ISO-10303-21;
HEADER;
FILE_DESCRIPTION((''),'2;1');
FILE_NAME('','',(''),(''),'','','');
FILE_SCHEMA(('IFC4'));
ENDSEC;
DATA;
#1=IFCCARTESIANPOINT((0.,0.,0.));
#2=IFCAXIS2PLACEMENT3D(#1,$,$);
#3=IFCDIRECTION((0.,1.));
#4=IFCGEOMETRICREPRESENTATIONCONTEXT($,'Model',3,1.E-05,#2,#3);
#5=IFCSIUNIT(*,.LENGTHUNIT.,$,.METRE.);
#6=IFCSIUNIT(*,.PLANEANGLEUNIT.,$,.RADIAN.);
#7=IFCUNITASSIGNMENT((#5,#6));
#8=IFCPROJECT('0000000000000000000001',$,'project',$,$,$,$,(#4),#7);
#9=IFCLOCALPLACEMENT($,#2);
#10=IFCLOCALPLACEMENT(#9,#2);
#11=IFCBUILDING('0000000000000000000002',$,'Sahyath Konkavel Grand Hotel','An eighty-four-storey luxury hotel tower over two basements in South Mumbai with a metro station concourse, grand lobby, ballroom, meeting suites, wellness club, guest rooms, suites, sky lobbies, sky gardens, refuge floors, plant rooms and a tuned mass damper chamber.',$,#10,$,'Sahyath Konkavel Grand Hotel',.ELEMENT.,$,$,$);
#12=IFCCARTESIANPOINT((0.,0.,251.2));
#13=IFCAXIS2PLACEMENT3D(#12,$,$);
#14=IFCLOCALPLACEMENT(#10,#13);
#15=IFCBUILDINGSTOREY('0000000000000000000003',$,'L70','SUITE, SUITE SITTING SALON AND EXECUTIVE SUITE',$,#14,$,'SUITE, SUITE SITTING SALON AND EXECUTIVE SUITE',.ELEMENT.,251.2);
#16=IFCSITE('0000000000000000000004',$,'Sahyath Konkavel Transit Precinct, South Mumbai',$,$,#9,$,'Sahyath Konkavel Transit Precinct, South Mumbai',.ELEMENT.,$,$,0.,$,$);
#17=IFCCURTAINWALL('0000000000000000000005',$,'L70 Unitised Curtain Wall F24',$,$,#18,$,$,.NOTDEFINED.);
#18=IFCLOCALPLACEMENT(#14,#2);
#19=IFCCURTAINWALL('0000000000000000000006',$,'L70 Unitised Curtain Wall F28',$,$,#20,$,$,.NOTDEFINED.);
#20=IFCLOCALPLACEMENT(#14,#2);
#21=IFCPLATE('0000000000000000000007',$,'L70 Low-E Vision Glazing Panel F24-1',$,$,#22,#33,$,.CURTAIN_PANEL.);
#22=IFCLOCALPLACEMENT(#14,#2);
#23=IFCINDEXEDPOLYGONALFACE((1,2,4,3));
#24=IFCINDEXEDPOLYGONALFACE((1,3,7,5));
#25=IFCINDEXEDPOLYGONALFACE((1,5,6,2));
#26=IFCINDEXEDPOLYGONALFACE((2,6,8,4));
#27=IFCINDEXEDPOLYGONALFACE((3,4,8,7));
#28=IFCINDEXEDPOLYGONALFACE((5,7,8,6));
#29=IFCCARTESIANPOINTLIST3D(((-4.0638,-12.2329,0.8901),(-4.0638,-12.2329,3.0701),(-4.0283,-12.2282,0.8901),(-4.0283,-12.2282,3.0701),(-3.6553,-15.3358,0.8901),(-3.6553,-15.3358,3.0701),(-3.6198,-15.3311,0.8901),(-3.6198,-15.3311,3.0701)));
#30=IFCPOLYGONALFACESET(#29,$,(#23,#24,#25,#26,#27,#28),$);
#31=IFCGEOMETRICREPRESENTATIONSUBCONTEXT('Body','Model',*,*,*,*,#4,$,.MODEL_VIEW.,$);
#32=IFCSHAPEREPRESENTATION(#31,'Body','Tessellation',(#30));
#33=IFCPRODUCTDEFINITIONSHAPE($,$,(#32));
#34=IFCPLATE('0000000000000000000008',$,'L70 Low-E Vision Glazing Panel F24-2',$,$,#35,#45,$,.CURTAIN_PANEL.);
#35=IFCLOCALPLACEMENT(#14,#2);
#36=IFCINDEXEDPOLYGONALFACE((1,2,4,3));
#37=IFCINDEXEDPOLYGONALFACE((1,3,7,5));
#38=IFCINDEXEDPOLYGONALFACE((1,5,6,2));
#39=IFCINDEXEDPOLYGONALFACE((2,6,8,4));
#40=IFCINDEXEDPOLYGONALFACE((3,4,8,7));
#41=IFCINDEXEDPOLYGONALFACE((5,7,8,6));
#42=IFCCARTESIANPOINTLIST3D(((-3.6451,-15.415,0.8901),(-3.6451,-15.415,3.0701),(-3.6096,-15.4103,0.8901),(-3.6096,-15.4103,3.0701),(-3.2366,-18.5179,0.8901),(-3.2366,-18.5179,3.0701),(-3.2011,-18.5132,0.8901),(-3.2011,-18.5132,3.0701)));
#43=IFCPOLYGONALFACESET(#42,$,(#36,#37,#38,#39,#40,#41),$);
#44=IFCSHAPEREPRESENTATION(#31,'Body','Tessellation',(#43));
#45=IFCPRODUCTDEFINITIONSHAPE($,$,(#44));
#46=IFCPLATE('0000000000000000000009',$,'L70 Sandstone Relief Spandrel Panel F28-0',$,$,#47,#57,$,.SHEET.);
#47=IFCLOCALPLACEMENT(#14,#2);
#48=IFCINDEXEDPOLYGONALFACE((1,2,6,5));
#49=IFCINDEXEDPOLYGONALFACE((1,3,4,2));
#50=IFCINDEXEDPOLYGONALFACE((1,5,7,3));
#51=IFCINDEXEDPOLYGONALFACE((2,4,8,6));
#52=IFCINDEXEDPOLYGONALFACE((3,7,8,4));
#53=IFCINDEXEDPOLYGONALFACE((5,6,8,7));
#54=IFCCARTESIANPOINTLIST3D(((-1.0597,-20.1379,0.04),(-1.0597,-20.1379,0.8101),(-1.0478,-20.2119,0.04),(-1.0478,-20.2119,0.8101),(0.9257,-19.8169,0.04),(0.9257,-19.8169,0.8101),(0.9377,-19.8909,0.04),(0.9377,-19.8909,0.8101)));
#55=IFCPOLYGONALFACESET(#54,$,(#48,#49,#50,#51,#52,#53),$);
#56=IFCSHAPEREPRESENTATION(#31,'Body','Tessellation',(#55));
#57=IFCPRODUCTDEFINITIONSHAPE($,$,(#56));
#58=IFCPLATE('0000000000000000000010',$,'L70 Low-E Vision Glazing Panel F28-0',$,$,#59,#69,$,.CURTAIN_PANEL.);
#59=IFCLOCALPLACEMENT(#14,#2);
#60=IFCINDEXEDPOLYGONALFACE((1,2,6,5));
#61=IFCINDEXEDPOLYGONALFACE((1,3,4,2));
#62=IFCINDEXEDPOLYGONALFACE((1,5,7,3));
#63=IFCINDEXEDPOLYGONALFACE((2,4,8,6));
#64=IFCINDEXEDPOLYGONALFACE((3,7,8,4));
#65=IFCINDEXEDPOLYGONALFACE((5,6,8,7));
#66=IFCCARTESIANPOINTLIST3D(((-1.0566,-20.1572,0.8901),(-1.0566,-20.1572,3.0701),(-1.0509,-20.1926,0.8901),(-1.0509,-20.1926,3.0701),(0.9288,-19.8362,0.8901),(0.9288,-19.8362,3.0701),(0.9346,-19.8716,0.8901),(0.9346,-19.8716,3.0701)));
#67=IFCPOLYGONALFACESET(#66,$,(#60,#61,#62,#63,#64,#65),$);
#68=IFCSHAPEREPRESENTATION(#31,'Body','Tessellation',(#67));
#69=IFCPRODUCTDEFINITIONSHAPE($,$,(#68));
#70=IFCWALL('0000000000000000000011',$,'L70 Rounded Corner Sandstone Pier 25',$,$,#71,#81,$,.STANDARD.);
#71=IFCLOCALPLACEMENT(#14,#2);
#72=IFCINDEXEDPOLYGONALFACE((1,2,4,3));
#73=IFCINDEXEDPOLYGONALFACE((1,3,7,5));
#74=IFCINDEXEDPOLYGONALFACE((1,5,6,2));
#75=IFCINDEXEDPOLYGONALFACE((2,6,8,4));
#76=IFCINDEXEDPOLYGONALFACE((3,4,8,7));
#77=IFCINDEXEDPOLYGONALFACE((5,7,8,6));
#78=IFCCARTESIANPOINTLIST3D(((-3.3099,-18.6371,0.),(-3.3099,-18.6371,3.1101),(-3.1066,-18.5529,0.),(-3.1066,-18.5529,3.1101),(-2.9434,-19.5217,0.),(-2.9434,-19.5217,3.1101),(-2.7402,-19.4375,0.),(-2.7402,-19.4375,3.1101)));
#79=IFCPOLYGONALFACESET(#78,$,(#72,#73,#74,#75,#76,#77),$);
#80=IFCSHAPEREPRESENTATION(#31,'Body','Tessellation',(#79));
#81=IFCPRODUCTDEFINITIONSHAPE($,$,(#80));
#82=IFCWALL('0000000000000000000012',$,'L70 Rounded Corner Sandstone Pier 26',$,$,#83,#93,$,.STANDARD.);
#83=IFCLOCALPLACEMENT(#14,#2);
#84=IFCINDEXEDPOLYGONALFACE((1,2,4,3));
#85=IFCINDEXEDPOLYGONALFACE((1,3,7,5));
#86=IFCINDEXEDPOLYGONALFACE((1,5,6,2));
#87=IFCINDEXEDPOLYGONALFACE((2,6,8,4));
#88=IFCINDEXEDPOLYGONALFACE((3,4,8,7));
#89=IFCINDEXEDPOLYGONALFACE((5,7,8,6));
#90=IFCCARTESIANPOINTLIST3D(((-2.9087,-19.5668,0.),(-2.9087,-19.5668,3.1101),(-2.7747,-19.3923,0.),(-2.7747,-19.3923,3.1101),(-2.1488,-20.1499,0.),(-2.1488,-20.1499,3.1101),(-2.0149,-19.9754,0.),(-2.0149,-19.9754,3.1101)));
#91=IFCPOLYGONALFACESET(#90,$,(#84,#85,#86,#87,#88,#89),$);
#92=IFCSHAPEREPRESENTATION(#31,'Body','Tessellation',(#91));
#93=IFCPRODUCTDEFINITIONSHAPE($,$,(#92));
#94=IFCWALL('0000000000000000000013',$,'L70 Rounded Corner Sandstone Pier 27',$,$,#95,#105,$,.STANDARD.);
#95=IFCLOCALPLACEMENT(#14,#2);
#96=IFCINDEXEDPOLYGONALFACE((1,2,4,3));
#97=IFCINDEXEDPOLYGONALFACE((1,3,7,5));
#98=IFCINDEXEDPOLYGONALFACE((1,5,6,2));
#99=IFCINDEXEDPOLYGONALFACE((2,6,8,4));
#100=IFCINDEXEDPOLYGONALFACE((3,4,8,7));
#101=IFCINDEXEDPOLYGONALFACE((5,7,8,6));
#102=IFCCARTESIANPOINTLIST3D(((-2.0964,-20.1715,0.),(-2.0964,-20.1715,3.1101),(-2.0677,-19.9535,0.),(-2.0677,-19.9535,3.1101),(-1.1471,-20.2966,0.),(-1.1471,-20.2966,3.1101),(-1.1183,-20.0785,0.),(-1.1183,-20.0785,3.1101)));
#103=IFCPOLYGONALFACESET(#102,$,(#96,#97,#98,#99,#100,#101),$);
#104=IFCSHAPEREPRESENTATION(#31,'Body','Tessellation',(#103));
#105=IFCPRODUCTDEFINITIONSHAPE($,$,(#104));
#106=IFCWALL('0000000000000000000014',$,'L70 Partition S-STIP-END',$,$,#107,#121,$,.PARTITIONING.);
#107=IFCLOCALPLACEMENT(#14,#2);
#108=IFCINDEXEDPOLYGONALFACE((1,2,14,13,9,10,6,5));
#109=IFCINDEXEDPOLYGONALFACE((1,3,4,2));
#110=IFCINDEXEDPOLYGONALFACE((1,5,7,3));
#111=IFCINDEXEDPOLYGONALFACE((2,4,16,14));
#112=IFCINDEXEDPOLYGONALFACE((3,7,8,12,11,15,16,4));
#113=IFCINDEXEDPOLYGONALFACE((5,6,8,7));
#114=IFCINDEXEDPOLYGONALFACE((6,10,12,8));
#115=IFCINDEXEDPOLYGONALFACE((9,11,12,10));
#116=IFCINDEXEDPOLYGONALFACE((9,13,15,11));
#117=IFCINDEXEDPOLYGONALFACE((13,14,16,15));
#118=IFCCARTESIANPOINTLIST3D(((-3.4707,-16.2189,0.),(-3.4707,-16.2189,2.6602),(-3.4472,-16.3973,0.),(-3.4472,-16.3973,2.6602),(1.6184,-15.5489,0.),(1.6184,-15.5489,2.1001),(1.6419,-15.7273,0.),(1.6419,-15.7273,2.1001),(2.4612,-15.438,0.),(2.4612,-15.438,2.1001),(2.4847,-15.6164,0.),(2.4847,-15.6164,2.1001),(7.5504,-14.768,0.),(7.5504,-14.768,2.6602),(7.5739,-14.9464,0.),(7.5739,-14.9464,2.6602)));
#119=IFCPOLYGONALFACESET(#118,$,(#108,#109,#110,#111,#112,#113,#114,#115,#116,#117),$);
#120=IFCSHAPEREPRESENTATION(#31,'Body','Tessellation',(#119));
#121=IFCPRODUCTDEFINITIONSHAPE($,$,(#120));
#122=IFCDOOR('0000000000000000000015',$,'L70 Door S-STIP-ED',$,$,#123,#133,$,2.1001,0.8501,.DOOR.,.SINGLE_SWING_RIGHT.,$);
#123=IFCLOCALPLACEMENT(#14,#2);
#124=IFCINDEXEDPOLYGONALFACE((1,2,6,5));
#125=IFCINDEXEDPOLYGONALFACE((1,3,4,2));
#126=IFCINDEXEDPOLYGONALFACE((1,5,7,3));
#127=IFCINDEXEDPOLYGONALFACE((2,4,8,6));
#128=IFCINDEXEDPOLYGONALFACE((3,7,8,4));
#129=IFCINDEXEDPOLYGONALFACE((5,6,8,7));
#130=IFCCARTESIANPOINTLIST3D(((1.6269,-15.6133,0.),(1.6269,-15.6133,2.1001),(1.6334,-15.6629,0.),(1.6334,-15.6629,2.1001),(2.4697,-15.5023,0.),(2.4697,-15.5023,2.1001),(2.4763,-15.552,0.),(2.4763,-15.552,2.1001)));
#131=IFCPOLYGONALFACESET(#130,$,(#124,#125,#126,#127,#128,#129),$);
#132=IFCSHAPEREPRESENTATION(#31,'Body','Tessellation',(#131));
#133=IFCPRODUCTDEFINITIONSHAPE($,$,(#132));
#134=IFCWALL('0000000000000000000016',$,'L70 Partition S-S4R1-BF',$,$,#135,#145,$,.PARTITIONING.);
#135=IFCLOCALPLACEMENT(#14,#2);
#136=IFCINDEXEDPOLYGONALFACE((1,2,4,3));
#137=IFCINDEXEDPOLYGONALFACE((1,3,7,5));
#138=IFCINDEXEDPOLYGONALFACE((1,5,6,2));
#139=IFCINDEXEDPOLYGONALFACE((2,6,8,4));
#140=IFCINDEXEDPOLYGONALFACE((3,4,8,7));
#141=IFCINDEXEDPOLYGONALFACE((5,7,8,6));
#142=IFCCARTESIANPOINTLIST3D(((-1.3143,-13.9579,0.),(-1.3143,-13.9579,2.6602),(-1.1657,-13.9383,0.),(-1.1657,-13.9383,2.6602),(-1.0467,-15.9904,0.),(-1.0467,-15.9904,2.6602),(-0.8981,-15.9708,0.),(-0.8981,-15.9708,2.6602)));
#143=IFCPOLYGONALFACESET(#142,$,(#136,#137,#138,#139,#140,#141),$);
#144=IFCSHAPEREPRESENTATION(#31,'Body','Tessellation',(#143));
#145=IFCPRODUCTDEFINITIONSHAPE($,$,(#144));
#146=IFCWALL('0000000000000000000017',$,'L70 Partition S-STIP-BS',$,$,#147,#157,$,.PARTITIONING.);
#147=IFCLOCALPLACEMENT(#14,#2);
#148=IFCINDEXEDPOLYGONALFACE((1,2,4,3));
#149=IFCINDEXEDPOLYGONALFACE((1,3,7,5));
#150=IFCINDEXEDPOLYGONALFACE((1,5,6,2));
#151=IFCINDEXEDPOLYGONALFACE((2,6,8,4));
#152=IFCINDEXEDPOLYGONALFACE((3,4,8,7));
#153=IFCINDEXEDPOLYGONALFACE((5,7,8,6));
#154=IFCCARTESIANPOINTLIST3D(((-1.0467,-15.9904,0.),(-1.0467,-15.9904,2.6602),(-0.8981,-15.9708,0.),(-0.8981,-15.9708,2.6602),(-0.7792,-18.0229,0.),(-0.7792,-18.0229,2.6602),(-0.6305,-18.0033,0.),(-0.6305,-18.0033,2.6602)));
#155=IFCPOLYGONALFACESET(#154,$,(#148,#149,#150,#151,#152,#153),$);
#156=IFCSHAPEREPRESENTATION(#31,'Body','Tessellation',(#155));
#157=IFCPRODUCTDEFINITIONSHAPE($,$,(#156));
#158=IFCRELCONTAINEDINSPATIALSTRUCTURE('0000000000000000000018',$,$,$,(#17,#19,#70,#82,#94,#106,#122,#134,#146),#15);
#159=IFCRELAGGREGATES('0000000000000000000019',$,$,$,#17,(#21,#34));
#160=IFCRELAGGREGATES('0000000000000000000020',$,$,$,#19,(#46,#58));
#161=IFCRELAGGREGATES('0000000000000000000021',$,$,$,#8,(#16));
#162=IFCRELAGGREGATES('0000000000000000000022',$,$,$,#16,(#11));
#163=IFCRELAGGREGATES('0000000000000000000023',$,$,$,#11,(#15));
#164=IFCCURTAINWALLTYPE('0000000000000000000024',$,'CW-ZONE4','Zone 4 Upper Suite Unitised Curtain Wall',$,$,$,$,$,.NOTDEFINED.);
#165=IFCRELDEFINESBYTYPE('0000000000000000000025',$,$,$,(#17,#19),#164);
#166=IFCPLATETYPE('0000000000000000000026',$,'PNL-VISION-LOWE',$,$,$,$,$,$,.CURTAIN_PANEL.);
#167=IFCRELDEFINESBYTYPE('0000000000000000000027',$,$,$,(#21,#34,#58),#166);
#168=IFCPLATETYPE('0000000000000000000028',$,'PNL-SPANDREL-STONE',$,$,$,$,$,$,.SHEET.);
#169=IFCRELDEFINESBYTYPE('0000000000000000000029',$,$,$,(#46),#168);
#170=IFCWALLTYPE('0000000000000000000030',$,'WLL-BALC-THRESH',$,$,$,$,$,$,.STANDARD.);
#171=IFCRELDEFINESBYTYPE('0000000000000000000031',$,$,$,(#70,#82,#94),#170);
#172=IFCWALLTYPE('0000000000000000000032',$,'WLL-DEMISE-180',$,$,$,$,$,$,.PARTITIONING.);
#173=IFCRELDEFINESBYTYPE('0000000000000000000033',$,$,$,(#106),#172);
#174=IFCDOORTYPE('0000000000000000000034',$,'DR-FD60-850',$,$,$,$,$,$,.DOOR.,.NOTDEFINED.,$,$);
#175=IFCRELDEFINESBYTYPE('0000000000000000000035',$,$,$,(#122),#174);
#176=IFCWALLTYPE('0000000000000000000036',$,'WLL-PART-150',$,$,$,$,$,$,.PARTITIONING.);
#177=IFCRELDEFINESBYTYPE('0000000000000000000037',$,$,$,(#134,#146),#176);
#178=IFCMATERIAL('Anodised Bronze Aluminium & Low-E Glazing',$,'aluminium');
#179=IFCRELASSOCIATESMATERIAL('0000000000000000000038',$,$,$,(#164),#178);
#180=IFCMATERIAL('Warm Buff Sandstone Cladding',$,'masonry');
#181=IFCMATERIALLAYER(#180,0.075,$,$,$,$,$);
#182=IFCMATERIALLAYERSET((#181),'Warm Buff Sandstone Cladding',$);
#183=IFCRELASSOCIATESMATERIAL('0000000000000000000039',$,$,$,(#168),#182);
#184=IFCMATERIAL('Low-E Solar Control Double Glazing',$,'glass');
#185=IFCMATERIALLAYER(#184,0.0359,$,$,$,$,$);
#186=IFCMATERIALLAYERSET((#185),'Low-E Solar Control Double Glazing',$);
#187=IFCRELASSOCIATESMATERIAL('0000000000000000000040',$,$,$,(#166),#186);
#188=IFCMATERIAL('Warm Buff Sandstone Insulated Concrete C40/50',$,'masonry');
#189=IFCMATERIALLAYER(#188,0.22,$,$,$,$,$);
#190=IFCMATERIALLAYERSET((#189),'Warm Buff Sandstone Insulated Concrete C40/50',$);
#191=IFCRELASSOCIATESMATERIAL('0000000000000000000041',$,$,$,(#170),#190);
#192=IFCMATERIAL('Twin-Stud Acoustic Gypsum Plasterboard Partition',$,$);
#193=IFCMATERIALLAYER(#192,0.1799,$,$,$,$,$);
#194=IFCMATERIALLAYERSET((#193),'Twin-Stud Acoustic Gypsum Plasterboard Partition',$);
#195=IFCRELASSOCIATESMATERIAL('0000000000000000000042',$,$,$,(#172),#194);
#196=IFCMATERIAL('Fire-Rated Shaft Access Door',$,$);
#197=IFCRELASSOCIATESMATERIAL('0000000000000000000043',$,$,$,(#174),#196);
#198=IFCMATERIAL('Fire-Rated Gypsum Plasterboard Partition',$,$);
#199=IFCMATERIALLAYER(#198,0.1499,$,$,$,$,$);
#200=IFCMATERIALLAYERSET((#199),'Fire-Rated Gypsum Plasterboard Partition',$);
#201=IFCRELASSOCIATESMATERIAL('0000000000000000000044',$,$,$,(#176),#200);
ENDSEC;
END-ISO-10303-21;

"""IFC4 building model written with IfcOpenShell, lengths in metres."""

from ifc_helpers import new_model, si_unit, direction, frame, frame_2d, origin, origin_2d, place, context, subcontext, project, spatial, rectangle, extrude, source, transform, mapped, material, layer, layer_set, type_object, element, fill, aggregate, save


model = new_model("IFC4")

# Units and contexts
model_context = context("Model", 3, precision=1e-05, world=origin(), true_north=direction((0.0, 1.0)))
body_context = subcontext(model_context, "Body", "Model", "MODEL_VIEW")
ifc_project = project(units=[si_unit("LENGTHUNIT", "METRE"), si_unit("PLANEANGLEUNIT", "RADIAN")], contexts=[model_context])

# Site, building, storey
site_placement = place(None, origin())
site = spatial("IfcSite", under=ifc_project, at=site_placement, Name="Sahyath Konkavel Transit Precinct, South Mumbai", LongName="Sahyath Konkavel Transit Precinct, South Mumbai", CompositionType="ELEMENT", RefElevation=0.0)
building_placement = place(site_placement, origin())
building = spatial("IfcBuilding", under=site, at=building_placement, Name="Sahyath Konkavel Grand Hotel", Description="An eighty-four-storey luxury hotel tower over two basements in South Mumbai with a metro station concourse, grand lobby, ballroom, meeting suites, wellness club, guest rooms, suites, sky lobbies, sky gardens, refuge floors, plant rooms and a tuned mass damper chamber.", LongName="Sahyath Konkavel Grand Hotel", CompositionType="ELEMENT")
storey_placement = place(building_placement, frame((0.0, 0.0, 251.2)))
storey = spatial("IfcBuildingStorey", under=building, at=storey_placement, Name="L70", Description="SUITE, SUITE SITTING SALON AND EXECUTIVE SUITE", LongName="SUITE, SUITE SITTING SALON AND EXECUTIVE SUITE", CompositionType="ELEMENT", Elevation=251.2)

# Curtain wall
ifc_material_1 = material(Name="Anodised Bronze Aluminium & Low-E Glazing", Category="aluminium")
curtain_wall_type = type_object("IfcCurtainWallType", Name="CW-ZONE4", Description="Zone 4 Upper Suite Unitised Curtain Wall", PredefinedType="NOTDEFINED", material=ifc_material_1)
curtain_wall_1_placement = place(storey_placement, origin())
curtain_wall_1 = element("IfcCurtainWall", 1, at=curtain_wall_1_placement, inside=storey, type_object=curtain_wall_type, Name="L70 Unitised Curtain Wall F24", PredefinedType="NOTDEFINED")

# Curtain wall
curtain_wall_2_placement = place(storey_placement, origin())
curtain_wall_2 = element("IfcCurtainWall", 2, at=curtain_wall_2_placement, inside=storey, type_object=curtain_wall_type, Name="L70 Unitised Curtain Wall F28", PredefinedType="NOTDEFINED")

# Plates
ifc_material_2 = material(Name="Warm Buff Sandstone Cladding", Category="masonry")
ifc_layer_1 = layer(ifc_material_2, 0.075)
ifc_layer_set_1 = layer_set([ifc_layer_1], Name="Warm Buff Sandstone Cladding")
plate_type_1 = type_object("IfcPlateType", Name="PNL-SPANDREL-STONE", PredefinedType="SHEET", material=ifc_layer_set_1)
ifc_material_3 = material(Name="Low-E Solar Control Double Glazing", Category="glass")
ifc_layer_2 = layer(ifc_material_3, 0.0359)
ifc_layer_set_2 = layer_set([ifc_layer_2], Name="Low-E Solar Control Double Glazing")
plate_type_2 = type_object("IfcPlateType", Name="PNL-VISION-LOWE", PredefinedType="CURTAIN_PANEL", material=ifc_layer_set_2)
shared_shape_1 = source(origin(), body_context, "Body", "SweptSolid", [
    extrude(rectangle(XDim=3.1296, YDim=0.0359, at=origin_2d()), origin(), (0.0, 0.0, 1.0), 2.1799),
])
plate_1_placement = place(storey_placement, frame((-3.8418, -13.782, 0.8901), z_axis=(0.0, 0.0, 1.0), x_axis=(0.130526, -0.991445, 0.0)))
plate_1 = element("IfcPlate", 3, at=plate_1_placement, type_object=plate_type_2, Name="L70 Low-E Vision Glazing Panel F24-1", PredefinedType="CURTAIN_PANEL", context=body_context, shape_type="MappedRepresentation", body=[
    mapped(shared_shape_1, transform((0.0, 0.0, 0.0), scale=1.0)),
])
plate_2_placement = place(storey_placement, frame((-3.4231, -16.9641, 0.8901), z_axis=(0.0, 0.0, 1.0), x_axis=(0.130526, -0.991445, 0.0)))
plate_2 = element("IfcPlate", 4, at=plate_2_placement, type_object=plate_type_2, Name="L70 Low-E Vision Glazing Panel F24-2", PredefinedType="CURTAIN_PANEL", context=body_context, shape_type="MappedRepresentation", body=[
    mapped(shared_shape_1, transform((0.0, 0.0, 0.0), scale=1.0)),
])
aggregate(curtain_wall_1, [plate_1, plate_2])
shared_shape_2 = source(origin(), body_context, "Body", "SweptSolid", [
    extrude(rectangle(XDim=2.0112, YDim=0.075, at=origin_2d()), origin(), (0.0, 0.0, 1.0), 0.77),
])
plate_3_placement = place(storey_placement, frame((-0.061, -20.0144, 0.04), z_axis=(0.0, 0.0, 1.0), x_axis=(0.987184, 0.159588, 0.0)))
plate_3 = element("IfcPlate", 5, at=plate_3_placement, type_object=plate_type_1, Name="L70 Sandstone Relief Spandrel Panel F28-0", PredefinedType="SHEET", context=body_context, shape_type="MappedRepresentation", body=[
    mapped(shared_shape_2, transform((0.0, 0.0, 0.0), scale=1.0)),
])
shared_shape_3 = source(origin(), body_context, "Body", "SweptSolid", [
    extrude(rectangle(XDim=2.0112, YDim=0.0359, at=origin_2d()), origin(), (0.0, 0.0, 1.0), 2.1799),
])
plate_4_placement = place(storey_placement, frame((-0.061, -20.0144, 0.8901), z_axis=(0.0, 0.0, 1.0), x_axis=(0.987184, 0.159588, 0.0)))
plate_4 = element("IfcPlate", 6, at=plate_4_placement, type_object=plate_type_2, Name="L70 Low-E Vision Glazing Panel F28-0", PredefinedType="CURTAIN_PANEL", context=body_context, shape_type="MappedRepresentation", body=[
    mapped(shared_shape_3, transform((0.0, 0.0, 0.0), scale=1.0)),
])
aggregate(curtain_wall_2, [plate_3, plate_4])

# Walls
ifc_material_4 = material(Name="Warm Buff Sandstone Insulated Concrete C40/50", Category="masonry")
ifc_layer_3 = layer(ifc_material_4, 0.22)
ifc_layer_set_3 = layer_set([ifc_layer_3], Name="Warm Buff Sandstone Insulated Concrete C40/50")
wall_type_1 = type_object("IfcWallType", Name="WLL-BALC-THRESH", PredefinedType="STANDARD", material=ifc_layer_set_3)
wall_1_placement = place(storey_placement, frame((-3.2083, -18.595, 0.0), z_axis=(0.0, 0.0, 1.0), x_axis=(0.38275, -0.923852, 0.0)))
element("IfcWall", 7, at=wall_1_placement, inside=storey, type_object=wall_type_1, Name="L70 Rounded Corner Sandstone Pier 25", PredefinedType="STANDARD", context=body_context, shape_type="SweptSolid", body=[
    extrude(rectangle(XDim=0.9575, YDim=0.22, at=frame_2d((0.4788, 0.0))), origin(), (0.0, 0.0, 1.0), 3.1101),
])
wall_2_placement = place(storey_placement, frame((-2.8418, -19.4795, 0.0), z_axis=(0.0, 0.0, 1.0), x_axis=(0.793344, -0.608774, 0.0)))
element("IfcWall", 8, at=wall_2_placement, inside=storey, type_object=wall_type_1, Name="L70 Rounded Corner Sandstone Pier 26", PredefinedType="STANDARD", context=body_context, shape_type="SweptSolid", body=[
    extrude(rectangle(XDim=0.9578, YDim=0.22, at=frame_2d((0.479, 0.0))), origin(), (0.0, 0.0, 1.0), 3.1101),
])
wall_3_placement = place(storey_placement, frame((-2.082, -20.0625, 0.0), z_axis=(0.0, 0.0, 1.0), x_axis=(0.99144, -0.13056, 0.0)))
element("IfcWall", 9, at=wall_3_placement, inside=storey, type_object=wall_type_1, Name="L70 Rounded Corner Sandstone Pier 27", PredefinedType="STANDARD", context=body_context, shape_type="SweptSolid", body=[
    extrude(rectangle(XDim=0.9575, YDim=0.22, at=frame_2d((0.4788, 0.0))), origin(), (0.0, 0.0, 1.0), 3.1101),
])

# Wall, opening, door
ifc_material_5 = material(Name="Twin-Stud Acoustic Gypsum Plasterboard Partition")
ifc_layer_4 = layer(ifc_material_5, 0.1799)
ifc_layer_set_4 = layer_set([ifc_layer_4], Name="Twin-Stud Acoustic Gypsum Plasterboard Partition")
wall_type_2 = type_object("IfcWallType", Name="WLL-DEMISE-180", PredefinedType="PARTITIONING", material=ifc_layer_set_4)
wall_4_placement = place(storey_placement, frame((-3.459, -16.3081, 0.0), z_axis=(0.0, 0.0, 1.0), x_axis=(0.991445, 0.130525, 0.0)))
wall_4 = element("IfcWall", 10, at=wall_4_placement, inside=storey, type_object=wall_type_2, Name="L70 Partition S-STIP-END", PredefinedType="PARTITIONING", context=body_context, shape_type="SweptSolid", body=[
    extrude(rectangle(XDim=11.1162, YDim=0.1799, at=frame_2d((5.5581, 0.0))), origin(), (0.0, 0.0, 1.0), 2.6602),
])
opening_1_placement = place(wall_4_placement, frame((5.1331, 0.0, 0.0)))
opening_1 = element("IfcOpeningElement", 11, at=opening_1_placement, cuts=wall_4, PredefinedType="OPENING", context=body_context, shape_type="SweptSolid", body=[
    extrude(rectangle(XDim=0.8501, YDim=2.1001, at=frame_2d((0.425, 1.05))), frame((0.0, 0.1001, 0.0), z_axis=(0.0, -1.0, 0.0), x_axis=(1.0, 0.0, 0.0)), (0.0, 0.0, 1.0), 0.2),
])
ifc_material_6 = material(Name="Fire-Rated Shaft Access Door")
door_type_1 = type_object("IfcDoorType", Name="DR-FD60-850", OperationType="NOTDEFINED", PredefinedType="DOOR", material=ifc_material_6)
shared_shape_4 = source(origin(), body_context, "Body", "SweptSolid", [
    extrude(rectangle(XDim=0.8501, YDim=0.05, at=origin_2d()), origin(), (0.0, 0.0, 1.0), 2.1001),
])
door_1_placement = place(opening_1_placement, frame((0.425, 0.0, 0.0)))
door_1 = element("IfcDoor", 12, at=door_1_placement, inside=storey, type_object=door_type_1, Name="L70 Door S-STIP-ED", OperationType="SINGLE_SWING_RIGHT", OverallHeight=2.1001, OverallWidth=0.8501, PredefinedType="DOOR", context=body_context, shape_type="MappedRepresentation", body=[
    mapped(shared_shape_4, transform((0.0, 0.0, 0.0), scale=1.0)),
])
fill(opening_1, door_1)

# Walls
ifc_material_7 = material(Name="Fire-Rated Gypsum Plasterboard Partition")
ifc_layer_5 = layer(ifc_material_7, 0.1499)
ifc_layer_set_5 = layer_set([ifc_layer_5], Name="Fire-Rated Gypsum Plasterboard Partition")
wall_type_3 = type_object("IfcWallType", Name="WLL-PART-150", PredefinedType="PARTITIONING", material=ifc_layer_set_5)
for number, where, z_axis, x_axis, name in (
    (13, (-1.24, -13.9482, 0.0), (0.0, 0.0, 1.0), (0.130525, -0.991445, 0.0), "L70 Partition S-S4R1-BF"),
    (14, (-0.9724, -15.9807, 0.0), (0.0, 0.0, 1.0), (0.130525, -0.991445, 0.0), "L70 Partition S-STIP-BS"),
):
    element("IfcWall", number, at=place(storey_placement, frame(where, z_axis=z_axis, x_axis=x_axis)), inside=storey, type_object=wall_type_3, Name=name, PredefinedType="PARTITIONING", context=body_context, shape_type="SweptSolid", body=[
        extrude(rectangle(XDim=2.05, YDim=0.1499, at=frame_2d((1.0249, 0.0))), origin(), (0.0, 0.0, 1.0), 2.6602),
    ])

save(model, "model.ifc")
